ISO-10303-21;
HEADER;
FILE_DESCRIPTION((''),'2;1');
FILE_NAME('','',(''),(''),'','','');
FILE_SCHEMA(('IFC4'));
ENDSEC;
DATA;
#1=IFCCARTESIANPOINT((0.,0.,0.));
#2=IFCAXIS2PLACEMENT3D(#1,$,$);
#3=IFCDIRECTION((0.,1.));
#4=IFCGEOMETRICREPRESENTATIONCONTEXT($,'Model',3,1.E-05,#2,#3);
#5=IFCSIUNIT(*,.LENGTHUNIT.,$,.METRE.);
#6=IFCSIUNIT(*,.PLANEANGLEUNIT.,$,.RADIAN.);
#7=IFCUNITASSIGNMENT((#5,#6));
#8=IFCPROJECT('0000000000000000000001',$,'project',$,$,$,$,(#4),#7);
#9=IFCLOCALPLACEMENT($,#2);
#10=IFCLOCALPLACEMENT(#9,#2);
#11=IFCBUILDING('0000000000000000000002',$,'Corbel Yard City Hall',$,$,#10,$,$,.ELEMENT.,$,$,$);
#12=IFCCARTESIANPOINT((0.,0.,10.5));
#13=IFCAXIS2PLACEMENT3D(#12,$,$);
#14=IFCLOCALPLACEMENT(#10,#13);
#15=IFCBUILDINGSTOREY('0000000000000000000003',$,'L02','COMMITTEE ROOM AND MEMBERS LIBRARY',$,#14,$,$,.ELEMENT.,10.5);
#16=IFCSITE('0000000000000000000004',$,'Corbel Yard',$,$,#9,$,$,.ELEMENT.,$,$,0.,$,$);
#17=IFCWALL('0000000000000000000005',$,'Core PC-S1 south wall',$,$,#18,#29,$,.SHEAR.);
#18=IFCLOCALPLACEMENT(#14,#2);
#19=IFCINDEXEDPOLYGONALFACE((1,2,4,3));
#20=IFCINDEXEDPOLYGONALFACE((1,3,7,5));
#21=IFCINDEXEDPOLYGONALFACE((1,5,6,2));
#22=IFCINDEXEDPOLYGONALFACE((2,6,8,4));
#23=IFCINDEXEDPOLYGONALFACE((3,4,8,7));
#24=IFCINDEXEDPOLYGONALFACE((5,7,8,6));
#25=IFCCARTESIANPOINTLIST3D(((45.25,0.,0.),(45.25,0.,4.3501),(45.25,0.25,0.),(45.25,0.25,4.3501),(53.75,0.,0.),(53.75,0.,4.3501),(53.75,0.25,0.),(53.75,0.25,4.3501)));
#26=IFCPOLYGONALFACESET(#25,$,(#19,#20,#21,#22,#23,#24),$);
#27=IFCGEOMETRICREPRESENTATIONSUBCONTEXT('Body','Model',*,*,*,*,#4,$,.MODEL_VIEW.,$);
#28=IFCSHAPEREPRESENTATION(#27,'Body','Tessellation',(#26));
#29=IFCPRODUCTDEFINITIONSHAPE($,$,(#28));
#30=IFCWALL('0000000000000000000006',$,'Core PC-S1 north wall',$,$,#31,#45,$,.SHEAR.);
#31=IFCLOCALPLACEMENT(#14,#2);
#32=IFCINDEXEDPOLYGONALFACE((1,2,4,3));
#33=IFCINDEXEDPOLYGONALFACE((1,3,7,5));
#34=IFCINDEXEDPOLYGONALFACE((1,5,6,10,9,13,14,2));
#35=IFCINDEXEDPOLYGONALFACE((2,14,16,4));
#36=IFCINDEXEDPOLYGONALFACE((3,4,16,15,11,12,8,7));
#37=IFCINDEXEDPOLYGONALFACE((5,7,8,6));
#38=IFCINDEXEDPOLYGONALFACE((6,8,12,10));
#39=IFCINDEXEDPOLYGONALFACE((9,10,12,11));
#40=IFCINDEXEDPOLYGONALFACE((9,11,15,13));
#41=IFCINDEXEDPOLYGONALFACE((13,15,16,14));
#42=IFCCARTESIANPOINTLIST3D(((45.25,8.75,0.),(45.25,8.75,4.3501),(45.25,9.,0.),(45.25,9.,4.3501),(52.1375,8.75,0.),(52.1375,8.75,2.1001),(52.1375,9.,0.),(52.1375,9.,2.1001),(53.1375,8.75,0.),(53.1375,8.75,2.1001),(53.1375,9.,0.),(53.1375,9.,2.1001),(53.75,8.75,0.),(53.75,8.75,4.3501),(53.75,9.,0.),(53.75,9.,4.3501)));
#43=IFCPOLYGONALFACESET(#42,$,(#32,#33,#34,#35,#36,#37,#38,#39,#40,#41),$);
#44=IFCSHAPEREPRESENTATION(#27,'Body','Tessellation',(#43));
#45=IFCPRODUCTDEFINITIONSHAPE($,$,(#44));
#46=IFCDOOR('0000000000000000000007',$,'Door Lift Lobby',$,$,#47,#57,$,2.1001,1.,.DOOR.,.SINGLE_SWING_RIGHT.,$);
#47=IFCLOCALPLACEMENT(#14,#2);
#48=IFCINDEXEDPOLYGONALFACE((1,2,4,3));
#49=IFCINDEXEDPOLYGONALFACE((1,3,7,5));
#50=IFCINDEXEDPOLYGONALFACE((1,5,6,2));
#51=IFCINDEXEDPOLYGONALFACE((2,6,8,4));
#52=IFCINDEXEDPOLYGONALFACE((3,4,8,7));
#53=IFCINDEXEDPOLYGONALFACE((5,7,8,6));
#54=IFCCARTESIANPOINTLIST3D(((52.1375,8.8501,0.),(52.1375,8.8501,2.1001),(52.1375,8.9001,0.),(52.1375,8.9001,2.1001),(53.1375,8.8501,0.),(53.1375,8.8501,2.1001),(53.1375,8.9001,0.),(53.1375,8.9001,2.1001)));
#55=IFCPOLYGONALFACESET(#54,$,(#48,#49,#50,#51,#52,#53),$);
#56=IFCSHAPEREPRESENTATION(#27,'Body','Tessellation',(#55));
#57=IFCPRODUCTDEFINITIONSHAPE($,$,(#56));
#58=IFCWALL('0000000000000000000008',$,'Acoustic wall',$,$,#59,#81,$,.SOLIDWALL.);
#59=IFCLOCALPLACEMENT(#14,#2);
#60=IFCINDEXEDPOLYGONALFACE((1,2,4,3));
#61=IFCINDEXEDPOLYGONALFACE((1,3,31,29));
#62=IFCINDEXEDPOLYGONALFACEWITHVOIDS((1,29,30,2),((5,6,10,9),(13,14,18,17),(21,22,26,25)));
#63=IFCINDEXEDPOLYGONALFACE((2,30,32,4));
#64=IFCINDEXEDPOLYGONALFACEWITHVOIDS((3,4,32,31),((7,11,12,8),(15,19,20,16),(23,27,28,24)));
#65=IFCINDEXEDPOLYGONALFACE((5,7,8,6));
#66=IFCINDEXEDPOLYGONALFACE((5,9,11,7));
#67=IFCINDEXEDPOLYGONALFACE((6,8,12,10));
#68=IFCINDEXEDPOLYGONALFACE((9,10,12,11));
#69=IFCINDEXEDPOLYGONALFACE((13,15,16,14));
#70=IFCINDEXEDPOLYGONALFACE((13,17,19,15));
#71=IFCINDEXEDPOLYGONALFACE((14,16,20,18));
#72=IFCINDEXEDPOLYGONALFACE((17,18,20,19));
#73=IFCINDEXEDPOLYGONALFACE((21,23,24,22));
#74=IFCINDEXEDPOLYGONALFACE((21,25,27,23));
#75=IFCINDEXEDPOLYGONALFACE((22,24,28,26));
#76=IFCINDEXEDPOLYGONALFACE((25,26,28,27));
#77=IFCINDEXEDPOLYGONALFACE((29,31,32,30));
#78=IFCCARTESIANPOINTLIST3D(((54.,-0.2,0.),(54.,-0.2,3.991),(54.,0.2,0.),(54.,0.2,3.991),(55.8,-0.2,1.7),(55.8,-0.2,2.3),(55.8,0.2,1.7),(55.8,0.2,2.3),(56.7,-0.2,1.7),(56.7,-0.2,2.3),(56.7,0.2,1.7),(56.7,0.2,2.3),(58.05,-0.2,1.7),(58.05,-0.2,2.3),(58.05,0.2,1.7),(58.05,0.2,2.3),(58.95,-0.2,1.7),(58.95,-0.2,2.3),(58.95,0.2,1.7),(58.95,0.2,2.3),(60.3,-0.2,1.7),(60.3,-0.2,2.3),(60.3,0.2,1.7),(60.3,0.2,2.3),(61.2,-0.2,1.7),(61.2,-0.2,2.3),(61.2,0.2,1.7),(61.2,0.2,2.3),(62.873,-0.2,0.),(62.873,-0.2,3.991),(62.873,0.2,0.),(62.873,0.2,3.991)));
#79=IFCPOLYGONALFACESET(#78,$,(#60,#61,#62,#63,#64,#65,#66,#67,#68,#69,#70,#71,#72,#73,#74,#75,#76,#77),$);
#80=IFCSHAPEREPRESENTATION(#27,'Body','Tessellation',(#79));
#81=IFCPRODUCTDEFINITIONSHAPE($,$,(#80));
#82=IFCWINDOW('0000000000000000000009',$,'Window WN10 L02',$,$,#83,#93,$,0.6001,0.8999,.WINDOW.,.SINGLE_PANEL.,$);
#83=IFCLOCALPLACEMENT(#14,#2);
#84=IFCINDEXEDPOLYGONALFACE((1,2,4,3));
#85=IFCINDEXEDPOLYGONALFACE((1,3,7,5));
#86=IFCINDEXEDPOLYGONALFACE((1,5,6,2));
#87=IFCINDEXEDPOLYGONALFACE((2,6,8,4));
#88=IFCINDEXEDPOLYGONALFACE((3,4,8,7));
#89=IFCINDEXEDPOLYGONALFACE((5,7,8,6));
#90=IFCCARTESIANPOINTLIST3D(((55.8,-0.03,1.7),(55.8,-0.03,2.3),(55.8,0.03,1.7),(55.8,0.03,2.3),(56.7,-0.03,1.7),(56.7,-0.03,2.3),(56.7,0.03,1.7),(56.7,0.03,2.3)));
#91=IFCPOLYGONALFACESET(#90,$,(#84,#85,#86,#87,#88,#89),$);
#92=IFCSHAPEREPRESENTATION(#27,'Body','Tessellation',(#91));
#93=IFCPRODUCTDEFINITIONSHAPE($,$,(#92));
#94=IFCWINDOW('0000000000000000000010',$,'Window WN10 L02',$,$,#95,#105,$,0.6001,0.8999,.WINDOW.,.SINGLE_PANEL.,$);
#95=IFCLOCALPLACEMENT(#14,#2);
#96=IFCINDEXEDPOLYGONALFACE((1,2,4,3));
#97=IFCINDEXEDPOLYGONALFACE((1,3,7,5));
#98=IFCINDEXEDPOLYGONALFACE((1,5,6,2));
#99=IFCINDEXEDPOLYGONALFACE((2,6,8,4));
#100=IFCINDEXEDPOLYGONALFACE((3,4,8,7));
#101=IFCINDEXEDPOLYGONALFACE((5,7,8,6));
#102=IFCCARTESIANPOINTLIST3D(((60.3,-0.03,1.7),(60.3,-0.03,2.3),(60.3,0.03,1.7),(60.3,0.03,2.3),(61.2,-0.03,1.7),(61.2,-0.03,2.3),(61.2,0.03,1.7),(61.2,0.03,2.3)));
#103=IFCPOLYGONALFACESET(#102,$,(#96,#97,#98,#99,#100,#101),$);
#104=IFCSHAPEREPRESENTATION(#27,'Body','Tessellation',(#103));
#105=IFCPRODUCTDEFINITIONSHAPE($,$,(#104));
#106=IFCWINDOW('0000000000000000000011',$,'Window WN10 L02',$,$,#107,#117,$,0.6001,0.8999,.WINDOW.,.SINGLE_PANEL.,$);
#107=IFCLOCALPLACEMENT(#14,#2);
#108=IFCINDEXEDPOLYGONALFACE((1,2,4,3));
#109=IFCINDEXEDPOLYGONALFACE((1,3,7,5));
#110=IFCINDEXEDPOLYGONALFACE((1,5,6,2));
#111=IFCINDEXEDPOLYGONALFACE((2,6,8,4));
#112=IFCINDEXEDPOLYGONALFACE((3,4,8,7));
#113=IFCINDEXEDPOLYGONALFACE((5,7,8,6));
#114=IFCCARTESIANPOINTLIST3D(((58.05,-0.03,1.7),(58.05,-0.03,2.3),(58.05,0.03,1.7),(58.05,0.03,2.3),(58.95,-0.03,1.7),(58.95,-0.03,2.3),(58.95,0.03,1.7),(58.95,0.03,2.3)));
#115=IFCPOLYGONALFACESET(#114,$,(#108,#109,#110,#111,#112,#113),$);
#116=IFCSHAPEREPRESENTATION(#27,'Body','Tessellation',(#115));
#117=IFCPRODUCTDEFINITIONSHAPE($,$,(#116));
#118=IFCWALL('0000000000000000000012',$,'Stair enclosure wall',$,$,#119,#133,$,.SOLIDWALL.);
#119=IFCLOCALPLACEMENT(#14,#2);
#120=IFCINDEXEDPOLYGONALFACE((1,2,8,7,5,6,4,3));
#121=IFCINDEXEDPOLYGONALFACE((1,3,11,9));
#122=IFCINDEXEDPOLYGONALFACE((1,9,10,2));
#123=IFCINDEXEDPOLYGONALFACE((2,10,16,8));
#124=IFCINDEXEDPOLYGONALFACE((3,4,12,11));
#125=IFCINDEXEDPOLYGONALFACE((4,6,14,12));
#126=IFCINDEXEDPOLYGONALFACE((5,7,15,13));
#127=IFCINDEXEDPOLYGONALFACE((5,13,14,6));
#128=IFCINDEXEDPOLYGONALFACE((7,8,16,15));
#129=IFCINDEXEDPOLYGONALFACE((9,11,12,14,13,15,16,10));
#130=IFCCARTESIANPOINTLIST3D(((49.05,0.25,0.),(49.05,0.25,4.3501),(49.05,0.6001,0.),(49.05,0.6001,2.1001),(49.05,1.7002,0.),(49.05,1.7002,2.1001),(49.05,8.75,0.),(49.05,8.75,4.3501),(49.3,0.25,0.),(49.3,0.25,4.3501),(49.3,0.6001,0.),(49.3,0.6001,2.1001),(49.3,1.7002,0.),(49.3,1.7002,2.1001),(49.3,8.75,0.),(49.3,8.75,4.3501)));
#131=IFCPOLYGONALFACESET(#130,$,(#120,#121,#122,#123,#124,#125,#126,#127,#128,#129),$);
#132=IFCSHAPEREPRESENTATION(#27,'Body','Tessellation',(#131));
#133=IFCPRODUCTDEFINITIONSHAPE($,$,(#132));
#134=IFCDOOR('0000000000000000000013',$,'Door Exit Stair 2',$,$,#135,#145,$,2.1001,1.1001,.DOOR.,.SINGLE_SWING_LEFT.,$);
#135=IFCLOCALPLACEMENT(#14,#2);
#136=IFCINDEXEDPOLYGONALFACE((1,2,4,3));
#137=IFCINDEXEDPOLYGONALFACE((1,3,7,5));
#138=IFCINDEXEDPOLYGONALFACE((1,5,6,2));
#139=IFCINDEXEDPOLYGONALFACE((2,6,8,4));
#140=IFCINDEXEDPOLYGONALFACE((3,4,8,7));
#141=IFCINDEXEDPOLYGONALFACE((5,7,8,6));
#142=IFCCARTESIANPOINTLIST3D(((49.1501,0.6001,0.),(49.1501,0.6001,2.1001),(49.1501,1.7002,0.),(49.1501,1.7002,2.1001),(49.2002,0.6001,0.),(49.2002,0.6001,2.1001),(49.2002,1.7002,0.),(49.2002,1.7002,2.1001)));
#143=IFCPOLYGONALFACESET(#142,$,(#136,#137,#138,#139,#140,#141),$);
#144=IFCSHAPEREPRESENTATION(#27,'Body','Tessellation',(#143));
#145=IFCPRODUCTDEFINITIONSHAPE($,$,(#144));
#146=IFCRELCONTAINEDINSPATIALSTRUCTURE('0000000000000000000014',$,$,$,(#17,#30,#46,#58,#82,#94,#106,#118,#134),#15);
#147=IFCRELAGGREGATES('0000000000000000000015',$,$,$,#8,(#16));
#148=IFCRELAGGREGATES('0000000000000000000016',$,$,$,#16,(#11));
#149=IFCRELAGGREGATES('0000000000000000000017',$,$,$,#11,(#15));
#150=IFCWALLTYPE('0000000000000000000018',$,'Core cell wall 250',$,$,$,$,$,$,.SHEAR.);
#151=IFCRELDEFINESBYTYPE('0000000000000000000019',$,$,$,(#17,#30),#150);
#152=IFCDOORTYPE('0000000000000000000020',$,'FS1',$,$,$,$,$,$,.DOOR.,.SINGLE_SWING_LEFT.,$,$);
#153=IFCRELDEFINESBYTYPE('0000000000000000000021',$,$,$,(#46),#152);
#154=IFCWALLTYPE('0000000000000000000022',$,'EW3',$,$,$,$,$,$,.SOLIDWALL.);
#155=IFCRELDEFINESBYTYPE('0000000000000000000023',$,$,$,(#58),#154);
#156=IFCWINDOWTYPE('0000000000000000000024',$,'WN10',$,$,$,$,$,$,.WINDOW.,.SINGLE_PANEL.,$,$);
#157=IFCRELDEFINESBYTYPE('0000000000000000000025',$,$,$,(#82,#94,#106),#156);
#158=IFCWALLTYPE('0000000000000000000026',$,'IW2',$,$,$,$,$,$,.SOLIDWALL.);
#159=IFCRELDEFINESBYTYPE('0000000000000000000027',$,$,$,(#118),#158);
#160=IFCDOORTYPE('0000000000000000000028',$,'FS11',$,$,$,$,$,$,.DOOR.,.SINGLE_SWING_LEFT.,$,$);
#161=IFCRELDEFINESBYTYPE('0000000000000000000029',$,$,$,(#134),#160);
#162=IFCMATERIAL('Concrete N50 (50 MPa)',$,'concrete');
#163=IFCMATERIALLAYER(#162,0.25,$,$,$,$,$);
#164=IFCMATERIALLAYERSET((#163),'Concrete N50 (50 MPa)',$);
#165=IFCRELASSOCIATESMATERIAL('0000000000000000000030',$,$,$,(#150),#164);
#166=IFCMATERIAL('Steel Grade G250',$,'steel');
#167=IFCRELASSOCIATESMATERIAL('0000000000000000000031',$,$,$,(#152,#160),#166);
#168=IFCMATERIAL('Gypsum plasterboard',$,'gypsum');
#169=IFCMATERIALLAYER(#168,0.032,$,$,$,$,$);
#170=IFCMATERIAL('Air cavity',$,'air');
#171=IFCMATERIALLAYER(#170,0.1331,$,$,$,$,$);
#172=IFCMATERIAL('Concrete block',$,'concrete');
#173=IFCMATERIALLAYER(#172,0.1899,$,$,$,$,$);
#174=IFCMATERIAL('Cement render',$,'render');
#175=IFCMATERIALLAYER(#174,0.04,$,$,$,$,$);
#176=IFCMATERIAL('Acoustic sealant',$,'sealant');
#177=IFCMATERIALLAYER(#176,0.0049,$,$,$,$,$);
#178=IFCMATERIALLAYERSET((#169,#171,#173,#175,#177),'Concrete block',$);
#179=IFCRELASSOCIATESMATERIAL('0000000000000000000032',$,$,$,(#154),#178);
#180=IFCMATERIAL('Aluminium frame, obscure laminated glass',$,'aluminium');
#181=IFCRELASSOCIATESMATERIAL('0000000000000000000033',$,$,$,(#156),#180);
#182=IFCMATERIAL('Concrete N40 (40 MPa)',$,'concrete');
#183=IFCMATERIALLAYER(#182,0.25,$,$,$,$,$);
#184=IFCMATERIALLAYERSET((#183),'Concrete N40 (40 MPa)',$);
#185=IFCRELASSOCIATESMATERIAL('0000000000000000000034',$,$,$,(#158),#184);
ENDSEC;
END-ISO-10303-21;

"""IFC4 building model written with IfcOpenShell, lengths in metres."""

from ifc_helpers import new_model, si_unit, direction, frame, frame_2d, origin, place, context, subcontext, project, spatial, rectangle, extrude, material, layer, layer_set, type_object, element, fill, save


model = new_model("IFC4")

# Units and contexts
model_context = context("Model", 3, precision=1e-05, world=origin(), true_north=direction((0.0, 1.0)))
body_context = subcontext(model_context, "Body", "Model", "MODEL_VIEW")
ifc_project = project(units=[si_unit("LENGTHUNIT", "METRE"), si_unit("PLANEANGLEUNIT", "RADIAN")], contexts=[model_context])

# Site, building, storey
site_placement = place(None, origin())
site = spatial("IfcSite", under=ifc_project, at=site_placement, Name="Corbel Yard", CompositionType="ELEMENT", RefElevation=0.0)
building_placement = place(site_placement, origin())
building = spatial("IfcBuilding", under=site, at=building_placement, Name="Corbel Yard City Hall", CompositionType="ELEMENT")
storey_placement = place(building_placement, frame((0.0, 0.0, 10.5)))
storey = spatial("IfcBuildingStorey", under=building, at=storey_placement, Name="L02", Description="COMMITTEE ROOM AND MEMBERS LIBRARY", CompositionType="ELEMENT", Elevation=10.5)

# Wall
ifc_material_1 = material(Name="Concrete N50 (50 MPa)", Category="concrete")
ifc_layer_1 = layer(ifc_material_1, 0.25)
ifc_layer_set_1 = layer_set([ifc_layer_1], Name="Concrete N50 (50 MPa)")
wall_type_1 = type_object("IfcWallType", Name="Core cell wall 250", PredefinedType="SHEAR", material=ifc_layer_set_1)
wall_1_placement = place(storey_placement, frame((45.25, 0.125, 0.0), z_axis=(0.0, 0.0, 1.0), x_axis=(1.0, 0.0, 0.0)))
element("IfcWall", 1, at=wall_1_placement, inside=storey, type_object=wall_type_1, Name="Core PC-S1 south wall", PredefinedType="SHEAR", context=body_context, shape_type="SweptSolid", body=[
    extrude(rectangle(XDim=8.5, YDim=0.25, at=frame_2d((4.25, 0.0))), origin(), (0.0, 0.0, 1.0), 4.3501),
])

# Wall, opening, door
wall_2_placement = place(storey_placement, frame((45.25, 8.875, 0.0), z_axis=(0.0, 0.0, 1.0), x_axis=(1.0, 0.0, 0.0)))
wall_2 = element("IfcWall", 2, at=wall_2_placement, inside=storey, type_object=wall_type_1, Name="Core PC-S1 north wall", PredefinedType="SHEAR", context=body_context, shape_type="SweptSolid", body=[
    extrude(rectangle(XDim=8.5, YDim=0.25, at=frame_2d((4.25, 0.0))), origin(), (0.0, 0.0, 1.0), 4.3501),
])
opening_1_placement = place(wall_2_placement, frame((6.8875, 0.0, 0.0)))
opening_1 = element("IfcOpeningElement", 3, at=opening_1_placement, cuts=wall_2, PredefinedType="OPENING", context=body_context, shape_type="SweptSolid", body=[
    extrude(rectangle(XDim=1.0, YDim=2.1001, at=frame_2d((0.5, 1.05))), frame((0.0, 0.135, 0.0), z_axis=(0.0, -1.0, 0.0), x_axis=(1.0, 0.0, 0.0)), (0.0, 0.0, 1.0), 0.27),
])
ifc_material_2 = material(Name="Steel Grade G250", Category="steel")
door_type_1 = type_object("IfcDoorType", Name="FS1", OperationType="SINGLE_SWING_LEFT", PredefinedType="DOOR", material=ifc_material_2)
door_1_placement = place(opening_1_placement, frame((1.0, 0.0, 0.0), z_axis=(0.0, 0.0, 1.0), x_axis=(-1.0, 0.0, 0.0)))
door_1 = element("IfcDoor", 4, at=door_1_placement, inside=storey, type_object=door_type_1, Name="Door Lift Lobby", OperationType="SINGLE_SWING_RIGHT", OverallHeight=2.1001, OverallWidth=1.0, PredefinedType="DOOR", context=body_context, shape_type="SweptSolid", body=[
    extrude(rectangle(XDim=1.0, YDim=2.1001, at=frame_2d((0.5, 1.05))), frame((0.0, 0.0249, 0.0), z_axis=(0.0, -1.0, 0.0), x_axis=(1.0, 0.0, 0.0)), (0.0, 0.0, 1.0), 0.05),
])
fill(opening_1, door_1)

# Wall, openings, windows
ifc_material_3 = material(Name="Gypsum plasterboard", Category="gypsum")
ifc_layer_2 = layer(ifc_material_3, 0.032)
ifc_material_4 = material(Name="Air cavity", Category="air")
ifc_layer_3 = layer(ifc_material_4, 0.1331)
ifc_material_5 = material(Name="Concrete block", Category="concrete")
ifc_layer_4 = layer(ifc_material_5, 0.1899)
ifc_material_6 = material(Name="Cement render", Category="render")
ifc_layer_5 = layer(ifc_material_6, 0.04)
ifc_material_7 = material(Name="Acoustic sealant", Category="sealant")
ifc_layer_6 = layer(ifc_material_7, 0.0049)
ifc_layer_set_2 = layer_set([ifc_layer_2, ifc_layer_3, ifc_layer_4, ifc_layer_5, ifc_layer_6], Name="Concrete block")
wall_type_2 = type_object("IfcWallType", Name="EW3", PredefinedType="SOLIDWALL", material=ifc_layer_set_2)
wall_3_placement = place(storey_placement, frame((54.0, 0.0, 0.0), z_axis=(0.0, 0.0, 1.0), x_axis=(1.0, 0.0, 0.0)))
wall_3 = element("IfcWall", 5, at=wall_3_placement, inside=storey, type_object=wall_type_2, Name="Acoustic wall", PredefinedType="SOLIDWALL", context=body_context, shape_type="SweptSolid", body=[
    extrude(rectangle(XDim=8.873, YDim=0.3999, at=frame_2d((4.4365, 0.0))), origin(), (0.0, 0.0, 1.0), 3.991),
])
opening_2_placement = place(wall_3_placement, frame((1.8, 0.0, 1.7)))
opening_2 = element("IfcOpeningElement", 6, at=opening_2_placement, cuts=wall_3, PredefinedType="OPENING", context=body_context, shape_type="SweptSolid", body=[
    extrude(rectangle(XDim=0.8999, YDim=0.6001, at=frame_2d((0.45, 0.3))), frame((0.0, 0.21, 0.0), z_axis=(0.0, -1.0, 0.0), x_axis=(1.0, 0.0, 0.0)), (0.0, 0.0, 1.0), 0.4199),
])
opening_3_placement = place(wall_3_placement, frame((6.3, 0.0, 1.7)))
opening_3 = element("IfcOpeningElement", 7, at=opening_3_placement, cuts=wall_3, PredefinedType="OPENING", context=body_context, shape_type="SweptSolid", body=[
    extrude(rectangle(XDim=0.8999, YDim=0.6001, at=frame_2d((0.45, 0.3))), frame((0.0, 0.21, 0.0), z_axis=(0.0, -1.0, 0.0), x_axis=(1.0, 0.0, 0.0)), (0.0, 0.0, 1.0), 0.4199),
])
opening_4_placement = place(wall_3_placement, frame((4.05, 0.0, 1.7)))
opening_4 = element("IfcOpeningElement", 8, at=opening_4_placement, cuts=wall_3, PredefinedType="OPENING", context=body_context, shape_type="SweptSolid", body=[
    extrude(rectangle(XDim=0.8999, YDim=0.6001, at=frame_2d((0.45, 0.3))), frame((0.0, 0.21, 0.0), z_axis=(0.0, -1.0, 0.0), x_axis=(1.0, 0.0, 0.0)), (0.0, 0.0, 1.0), 0.4199),
])
ifc_material_8 = material(Name="Aluminium frame, obscure laminated glass", Category="aluminium")
window_type = type_object("IfcWindowType", Name="WN10", PartitioningType="SINGLE_PANEL", PredefinedType="WINDOW", material=ifc_material_8)
window_1_placement = place(opening_2_placement, origin())
window_1 = element("IfcWindow", 9, at=window_1_placement, inside=storey, type_object=window_type, Name="Window WN10 L02", OverallHeight=0.6001, OverallWidth=0.8999, PartitioningType="SINGLE_PANEL", PredefinedType="WINDOW", context=body_context, shape_type="SweptSolid", body=[
    extrude(rectangle(XDim=0.8999, YDim=0.6001, at=frame_2d((0.45, 0.3))), frame((0.0, 0.03, 0.0), z_axis=(0.0, -1.0, 0.0), x_axis=(1.0, 0.0, 0.0)), (0.0, 0.0, 1.0), 0.0601),
])
fill(opening_2, window_1)
window_2_placement = place(opening_3_placement, origin())
window_2 = element("IfcWindow", 10, at=window_2_placement, inside=storey, type_object=window_type, Name="Window WN10 L02", OverallHeight=0.6001, OverallWidth=0.8999, PartitioningType="SINGLE_PANEL", PredefinedType="WINDOW", context=body_context, shape_type="SweptSolid", body=[
    extrude(rectangle(XDim=0.8999, YDim=0.6001, at=frame_2d((0.45, 0.3))), frame((0.0, 0.03, 0.0), z_axis=(0.0, -1.0, 0.0), x_axis=(1.0, 0.0, 0.0)), (0.0, 0.0, 1.0), 0.0601),
])
fill(opening_3, window_2)
window_3_placement = place(opening_4_placement, origin())
window_3 = element("IfcWindow", 11, at=window_3_placement, inside=storey, type_object=window_type, Name="Window WN10 L02", OverallHeight=0.6001, OverallWidth=0.8999, PartitioningType="SINGLE_PANEL", PredefinedType="WINDOW", context=body_context, shape_type="SweptSolid", body=[
    extrude(rectangle(XDim=0.8999, YDim=0.6001, at=frame_2d((0.45, 0.3))), frame((0.0, 0.03, 0.0), z_axis=(0.0, -1.0, 0.0), x_axis=(1.0, 0.0, 0.0)), (0.0, 0.0, 1.0), 0.0601),
])
fill(opening_4, window_3)

# Wall, opening, door
ifc_material_9 = material(Name="Concrete N40 (40 MPa)", Category="concrete")
ifc_layer_7 = layer(ifc_material_9, 0.25)
ifc_layer_set_3 = layer_set([ifc_layer_7], Name="Concrete N40 (40 MPa)")
wall_type_3 = type_object("IfcWallType", Name="IW2", PredefinedType="SOLIDWALL", material=ifc_layer_set_3)
wall_4_placement = place(storey_placement, frame((49.175, 0.25, 0.0), z_axis=(0.0, 0.0, 1.0), x_axis=(0.0, 1.0, 0.0)))
wall_4 = element("IfcWall", 12, at=wall_4_placement, inside=storey, type_object=wall_type_3, Name="Stair enclosure wall", PredefinedType="SOLIDWALL", context=body_context, shape_type="SweptSolid", body=[
    extrude(rectangle(XDim=8.5, YDim=0.25, at=frame_2d((4.25, 0.0))), origin(), (0.0, 0.0, 1.0), 4.3501),
])
opening_5_placement = place(wall_4_placement, frame((0.3501, 0.0, 0.0)))
opening_5 = element("IfcOpeningElement", 13, at=opening_5_placement, cuts=wall_4, PredefinedType="OPENING", context=body_context, shape_type="SweptSolid", body=[
    extrude(rectangle(XDim=1.1001, YDim=2.1001, at=frame_2d((0.55, 1.05))), frame((0.0, 0.135, 0.0), z_axis=(0.0, -1.0, 0.0), x_axis=(1.0, 0.0, 0.0)), (0.0, 0.0, 1.0), 0.27),
])
door_type_2 = type_object("IfcDoorType", Name="FS11", OperationType="SINGLE_SWING_LEFT", PredefinedType="DOOR", material=ifc_material_2)
door_2_placement = place(opening_5_placement, origin())
door_2 = element("IfcDoor", 14, at=door_2_placement, inside=storey, type_object=door_type_2, Name="Door Exit Stair 2", OperationType="SINGLE_SWING_LEFT", OverallHeight=2.1001, OverallWidth=1.1001, PredefinedType="DOOR", context=body_context, shape_type="SweptSolid", body=[
    extrude(rectangle(XDim=1.1001, YDim=2.1001, at=frame_2d((0.55, 1.05))), frame((0.0, 0.0249, 0.0), z_axis=(0.0, -1.0, 0.0), x_axis=(1.0, 0.0, 0.0)), (0.0, 0.0, 1.0), 0.05),
])
fill(opening_5, door_2)

save(model, "model.ifc")
